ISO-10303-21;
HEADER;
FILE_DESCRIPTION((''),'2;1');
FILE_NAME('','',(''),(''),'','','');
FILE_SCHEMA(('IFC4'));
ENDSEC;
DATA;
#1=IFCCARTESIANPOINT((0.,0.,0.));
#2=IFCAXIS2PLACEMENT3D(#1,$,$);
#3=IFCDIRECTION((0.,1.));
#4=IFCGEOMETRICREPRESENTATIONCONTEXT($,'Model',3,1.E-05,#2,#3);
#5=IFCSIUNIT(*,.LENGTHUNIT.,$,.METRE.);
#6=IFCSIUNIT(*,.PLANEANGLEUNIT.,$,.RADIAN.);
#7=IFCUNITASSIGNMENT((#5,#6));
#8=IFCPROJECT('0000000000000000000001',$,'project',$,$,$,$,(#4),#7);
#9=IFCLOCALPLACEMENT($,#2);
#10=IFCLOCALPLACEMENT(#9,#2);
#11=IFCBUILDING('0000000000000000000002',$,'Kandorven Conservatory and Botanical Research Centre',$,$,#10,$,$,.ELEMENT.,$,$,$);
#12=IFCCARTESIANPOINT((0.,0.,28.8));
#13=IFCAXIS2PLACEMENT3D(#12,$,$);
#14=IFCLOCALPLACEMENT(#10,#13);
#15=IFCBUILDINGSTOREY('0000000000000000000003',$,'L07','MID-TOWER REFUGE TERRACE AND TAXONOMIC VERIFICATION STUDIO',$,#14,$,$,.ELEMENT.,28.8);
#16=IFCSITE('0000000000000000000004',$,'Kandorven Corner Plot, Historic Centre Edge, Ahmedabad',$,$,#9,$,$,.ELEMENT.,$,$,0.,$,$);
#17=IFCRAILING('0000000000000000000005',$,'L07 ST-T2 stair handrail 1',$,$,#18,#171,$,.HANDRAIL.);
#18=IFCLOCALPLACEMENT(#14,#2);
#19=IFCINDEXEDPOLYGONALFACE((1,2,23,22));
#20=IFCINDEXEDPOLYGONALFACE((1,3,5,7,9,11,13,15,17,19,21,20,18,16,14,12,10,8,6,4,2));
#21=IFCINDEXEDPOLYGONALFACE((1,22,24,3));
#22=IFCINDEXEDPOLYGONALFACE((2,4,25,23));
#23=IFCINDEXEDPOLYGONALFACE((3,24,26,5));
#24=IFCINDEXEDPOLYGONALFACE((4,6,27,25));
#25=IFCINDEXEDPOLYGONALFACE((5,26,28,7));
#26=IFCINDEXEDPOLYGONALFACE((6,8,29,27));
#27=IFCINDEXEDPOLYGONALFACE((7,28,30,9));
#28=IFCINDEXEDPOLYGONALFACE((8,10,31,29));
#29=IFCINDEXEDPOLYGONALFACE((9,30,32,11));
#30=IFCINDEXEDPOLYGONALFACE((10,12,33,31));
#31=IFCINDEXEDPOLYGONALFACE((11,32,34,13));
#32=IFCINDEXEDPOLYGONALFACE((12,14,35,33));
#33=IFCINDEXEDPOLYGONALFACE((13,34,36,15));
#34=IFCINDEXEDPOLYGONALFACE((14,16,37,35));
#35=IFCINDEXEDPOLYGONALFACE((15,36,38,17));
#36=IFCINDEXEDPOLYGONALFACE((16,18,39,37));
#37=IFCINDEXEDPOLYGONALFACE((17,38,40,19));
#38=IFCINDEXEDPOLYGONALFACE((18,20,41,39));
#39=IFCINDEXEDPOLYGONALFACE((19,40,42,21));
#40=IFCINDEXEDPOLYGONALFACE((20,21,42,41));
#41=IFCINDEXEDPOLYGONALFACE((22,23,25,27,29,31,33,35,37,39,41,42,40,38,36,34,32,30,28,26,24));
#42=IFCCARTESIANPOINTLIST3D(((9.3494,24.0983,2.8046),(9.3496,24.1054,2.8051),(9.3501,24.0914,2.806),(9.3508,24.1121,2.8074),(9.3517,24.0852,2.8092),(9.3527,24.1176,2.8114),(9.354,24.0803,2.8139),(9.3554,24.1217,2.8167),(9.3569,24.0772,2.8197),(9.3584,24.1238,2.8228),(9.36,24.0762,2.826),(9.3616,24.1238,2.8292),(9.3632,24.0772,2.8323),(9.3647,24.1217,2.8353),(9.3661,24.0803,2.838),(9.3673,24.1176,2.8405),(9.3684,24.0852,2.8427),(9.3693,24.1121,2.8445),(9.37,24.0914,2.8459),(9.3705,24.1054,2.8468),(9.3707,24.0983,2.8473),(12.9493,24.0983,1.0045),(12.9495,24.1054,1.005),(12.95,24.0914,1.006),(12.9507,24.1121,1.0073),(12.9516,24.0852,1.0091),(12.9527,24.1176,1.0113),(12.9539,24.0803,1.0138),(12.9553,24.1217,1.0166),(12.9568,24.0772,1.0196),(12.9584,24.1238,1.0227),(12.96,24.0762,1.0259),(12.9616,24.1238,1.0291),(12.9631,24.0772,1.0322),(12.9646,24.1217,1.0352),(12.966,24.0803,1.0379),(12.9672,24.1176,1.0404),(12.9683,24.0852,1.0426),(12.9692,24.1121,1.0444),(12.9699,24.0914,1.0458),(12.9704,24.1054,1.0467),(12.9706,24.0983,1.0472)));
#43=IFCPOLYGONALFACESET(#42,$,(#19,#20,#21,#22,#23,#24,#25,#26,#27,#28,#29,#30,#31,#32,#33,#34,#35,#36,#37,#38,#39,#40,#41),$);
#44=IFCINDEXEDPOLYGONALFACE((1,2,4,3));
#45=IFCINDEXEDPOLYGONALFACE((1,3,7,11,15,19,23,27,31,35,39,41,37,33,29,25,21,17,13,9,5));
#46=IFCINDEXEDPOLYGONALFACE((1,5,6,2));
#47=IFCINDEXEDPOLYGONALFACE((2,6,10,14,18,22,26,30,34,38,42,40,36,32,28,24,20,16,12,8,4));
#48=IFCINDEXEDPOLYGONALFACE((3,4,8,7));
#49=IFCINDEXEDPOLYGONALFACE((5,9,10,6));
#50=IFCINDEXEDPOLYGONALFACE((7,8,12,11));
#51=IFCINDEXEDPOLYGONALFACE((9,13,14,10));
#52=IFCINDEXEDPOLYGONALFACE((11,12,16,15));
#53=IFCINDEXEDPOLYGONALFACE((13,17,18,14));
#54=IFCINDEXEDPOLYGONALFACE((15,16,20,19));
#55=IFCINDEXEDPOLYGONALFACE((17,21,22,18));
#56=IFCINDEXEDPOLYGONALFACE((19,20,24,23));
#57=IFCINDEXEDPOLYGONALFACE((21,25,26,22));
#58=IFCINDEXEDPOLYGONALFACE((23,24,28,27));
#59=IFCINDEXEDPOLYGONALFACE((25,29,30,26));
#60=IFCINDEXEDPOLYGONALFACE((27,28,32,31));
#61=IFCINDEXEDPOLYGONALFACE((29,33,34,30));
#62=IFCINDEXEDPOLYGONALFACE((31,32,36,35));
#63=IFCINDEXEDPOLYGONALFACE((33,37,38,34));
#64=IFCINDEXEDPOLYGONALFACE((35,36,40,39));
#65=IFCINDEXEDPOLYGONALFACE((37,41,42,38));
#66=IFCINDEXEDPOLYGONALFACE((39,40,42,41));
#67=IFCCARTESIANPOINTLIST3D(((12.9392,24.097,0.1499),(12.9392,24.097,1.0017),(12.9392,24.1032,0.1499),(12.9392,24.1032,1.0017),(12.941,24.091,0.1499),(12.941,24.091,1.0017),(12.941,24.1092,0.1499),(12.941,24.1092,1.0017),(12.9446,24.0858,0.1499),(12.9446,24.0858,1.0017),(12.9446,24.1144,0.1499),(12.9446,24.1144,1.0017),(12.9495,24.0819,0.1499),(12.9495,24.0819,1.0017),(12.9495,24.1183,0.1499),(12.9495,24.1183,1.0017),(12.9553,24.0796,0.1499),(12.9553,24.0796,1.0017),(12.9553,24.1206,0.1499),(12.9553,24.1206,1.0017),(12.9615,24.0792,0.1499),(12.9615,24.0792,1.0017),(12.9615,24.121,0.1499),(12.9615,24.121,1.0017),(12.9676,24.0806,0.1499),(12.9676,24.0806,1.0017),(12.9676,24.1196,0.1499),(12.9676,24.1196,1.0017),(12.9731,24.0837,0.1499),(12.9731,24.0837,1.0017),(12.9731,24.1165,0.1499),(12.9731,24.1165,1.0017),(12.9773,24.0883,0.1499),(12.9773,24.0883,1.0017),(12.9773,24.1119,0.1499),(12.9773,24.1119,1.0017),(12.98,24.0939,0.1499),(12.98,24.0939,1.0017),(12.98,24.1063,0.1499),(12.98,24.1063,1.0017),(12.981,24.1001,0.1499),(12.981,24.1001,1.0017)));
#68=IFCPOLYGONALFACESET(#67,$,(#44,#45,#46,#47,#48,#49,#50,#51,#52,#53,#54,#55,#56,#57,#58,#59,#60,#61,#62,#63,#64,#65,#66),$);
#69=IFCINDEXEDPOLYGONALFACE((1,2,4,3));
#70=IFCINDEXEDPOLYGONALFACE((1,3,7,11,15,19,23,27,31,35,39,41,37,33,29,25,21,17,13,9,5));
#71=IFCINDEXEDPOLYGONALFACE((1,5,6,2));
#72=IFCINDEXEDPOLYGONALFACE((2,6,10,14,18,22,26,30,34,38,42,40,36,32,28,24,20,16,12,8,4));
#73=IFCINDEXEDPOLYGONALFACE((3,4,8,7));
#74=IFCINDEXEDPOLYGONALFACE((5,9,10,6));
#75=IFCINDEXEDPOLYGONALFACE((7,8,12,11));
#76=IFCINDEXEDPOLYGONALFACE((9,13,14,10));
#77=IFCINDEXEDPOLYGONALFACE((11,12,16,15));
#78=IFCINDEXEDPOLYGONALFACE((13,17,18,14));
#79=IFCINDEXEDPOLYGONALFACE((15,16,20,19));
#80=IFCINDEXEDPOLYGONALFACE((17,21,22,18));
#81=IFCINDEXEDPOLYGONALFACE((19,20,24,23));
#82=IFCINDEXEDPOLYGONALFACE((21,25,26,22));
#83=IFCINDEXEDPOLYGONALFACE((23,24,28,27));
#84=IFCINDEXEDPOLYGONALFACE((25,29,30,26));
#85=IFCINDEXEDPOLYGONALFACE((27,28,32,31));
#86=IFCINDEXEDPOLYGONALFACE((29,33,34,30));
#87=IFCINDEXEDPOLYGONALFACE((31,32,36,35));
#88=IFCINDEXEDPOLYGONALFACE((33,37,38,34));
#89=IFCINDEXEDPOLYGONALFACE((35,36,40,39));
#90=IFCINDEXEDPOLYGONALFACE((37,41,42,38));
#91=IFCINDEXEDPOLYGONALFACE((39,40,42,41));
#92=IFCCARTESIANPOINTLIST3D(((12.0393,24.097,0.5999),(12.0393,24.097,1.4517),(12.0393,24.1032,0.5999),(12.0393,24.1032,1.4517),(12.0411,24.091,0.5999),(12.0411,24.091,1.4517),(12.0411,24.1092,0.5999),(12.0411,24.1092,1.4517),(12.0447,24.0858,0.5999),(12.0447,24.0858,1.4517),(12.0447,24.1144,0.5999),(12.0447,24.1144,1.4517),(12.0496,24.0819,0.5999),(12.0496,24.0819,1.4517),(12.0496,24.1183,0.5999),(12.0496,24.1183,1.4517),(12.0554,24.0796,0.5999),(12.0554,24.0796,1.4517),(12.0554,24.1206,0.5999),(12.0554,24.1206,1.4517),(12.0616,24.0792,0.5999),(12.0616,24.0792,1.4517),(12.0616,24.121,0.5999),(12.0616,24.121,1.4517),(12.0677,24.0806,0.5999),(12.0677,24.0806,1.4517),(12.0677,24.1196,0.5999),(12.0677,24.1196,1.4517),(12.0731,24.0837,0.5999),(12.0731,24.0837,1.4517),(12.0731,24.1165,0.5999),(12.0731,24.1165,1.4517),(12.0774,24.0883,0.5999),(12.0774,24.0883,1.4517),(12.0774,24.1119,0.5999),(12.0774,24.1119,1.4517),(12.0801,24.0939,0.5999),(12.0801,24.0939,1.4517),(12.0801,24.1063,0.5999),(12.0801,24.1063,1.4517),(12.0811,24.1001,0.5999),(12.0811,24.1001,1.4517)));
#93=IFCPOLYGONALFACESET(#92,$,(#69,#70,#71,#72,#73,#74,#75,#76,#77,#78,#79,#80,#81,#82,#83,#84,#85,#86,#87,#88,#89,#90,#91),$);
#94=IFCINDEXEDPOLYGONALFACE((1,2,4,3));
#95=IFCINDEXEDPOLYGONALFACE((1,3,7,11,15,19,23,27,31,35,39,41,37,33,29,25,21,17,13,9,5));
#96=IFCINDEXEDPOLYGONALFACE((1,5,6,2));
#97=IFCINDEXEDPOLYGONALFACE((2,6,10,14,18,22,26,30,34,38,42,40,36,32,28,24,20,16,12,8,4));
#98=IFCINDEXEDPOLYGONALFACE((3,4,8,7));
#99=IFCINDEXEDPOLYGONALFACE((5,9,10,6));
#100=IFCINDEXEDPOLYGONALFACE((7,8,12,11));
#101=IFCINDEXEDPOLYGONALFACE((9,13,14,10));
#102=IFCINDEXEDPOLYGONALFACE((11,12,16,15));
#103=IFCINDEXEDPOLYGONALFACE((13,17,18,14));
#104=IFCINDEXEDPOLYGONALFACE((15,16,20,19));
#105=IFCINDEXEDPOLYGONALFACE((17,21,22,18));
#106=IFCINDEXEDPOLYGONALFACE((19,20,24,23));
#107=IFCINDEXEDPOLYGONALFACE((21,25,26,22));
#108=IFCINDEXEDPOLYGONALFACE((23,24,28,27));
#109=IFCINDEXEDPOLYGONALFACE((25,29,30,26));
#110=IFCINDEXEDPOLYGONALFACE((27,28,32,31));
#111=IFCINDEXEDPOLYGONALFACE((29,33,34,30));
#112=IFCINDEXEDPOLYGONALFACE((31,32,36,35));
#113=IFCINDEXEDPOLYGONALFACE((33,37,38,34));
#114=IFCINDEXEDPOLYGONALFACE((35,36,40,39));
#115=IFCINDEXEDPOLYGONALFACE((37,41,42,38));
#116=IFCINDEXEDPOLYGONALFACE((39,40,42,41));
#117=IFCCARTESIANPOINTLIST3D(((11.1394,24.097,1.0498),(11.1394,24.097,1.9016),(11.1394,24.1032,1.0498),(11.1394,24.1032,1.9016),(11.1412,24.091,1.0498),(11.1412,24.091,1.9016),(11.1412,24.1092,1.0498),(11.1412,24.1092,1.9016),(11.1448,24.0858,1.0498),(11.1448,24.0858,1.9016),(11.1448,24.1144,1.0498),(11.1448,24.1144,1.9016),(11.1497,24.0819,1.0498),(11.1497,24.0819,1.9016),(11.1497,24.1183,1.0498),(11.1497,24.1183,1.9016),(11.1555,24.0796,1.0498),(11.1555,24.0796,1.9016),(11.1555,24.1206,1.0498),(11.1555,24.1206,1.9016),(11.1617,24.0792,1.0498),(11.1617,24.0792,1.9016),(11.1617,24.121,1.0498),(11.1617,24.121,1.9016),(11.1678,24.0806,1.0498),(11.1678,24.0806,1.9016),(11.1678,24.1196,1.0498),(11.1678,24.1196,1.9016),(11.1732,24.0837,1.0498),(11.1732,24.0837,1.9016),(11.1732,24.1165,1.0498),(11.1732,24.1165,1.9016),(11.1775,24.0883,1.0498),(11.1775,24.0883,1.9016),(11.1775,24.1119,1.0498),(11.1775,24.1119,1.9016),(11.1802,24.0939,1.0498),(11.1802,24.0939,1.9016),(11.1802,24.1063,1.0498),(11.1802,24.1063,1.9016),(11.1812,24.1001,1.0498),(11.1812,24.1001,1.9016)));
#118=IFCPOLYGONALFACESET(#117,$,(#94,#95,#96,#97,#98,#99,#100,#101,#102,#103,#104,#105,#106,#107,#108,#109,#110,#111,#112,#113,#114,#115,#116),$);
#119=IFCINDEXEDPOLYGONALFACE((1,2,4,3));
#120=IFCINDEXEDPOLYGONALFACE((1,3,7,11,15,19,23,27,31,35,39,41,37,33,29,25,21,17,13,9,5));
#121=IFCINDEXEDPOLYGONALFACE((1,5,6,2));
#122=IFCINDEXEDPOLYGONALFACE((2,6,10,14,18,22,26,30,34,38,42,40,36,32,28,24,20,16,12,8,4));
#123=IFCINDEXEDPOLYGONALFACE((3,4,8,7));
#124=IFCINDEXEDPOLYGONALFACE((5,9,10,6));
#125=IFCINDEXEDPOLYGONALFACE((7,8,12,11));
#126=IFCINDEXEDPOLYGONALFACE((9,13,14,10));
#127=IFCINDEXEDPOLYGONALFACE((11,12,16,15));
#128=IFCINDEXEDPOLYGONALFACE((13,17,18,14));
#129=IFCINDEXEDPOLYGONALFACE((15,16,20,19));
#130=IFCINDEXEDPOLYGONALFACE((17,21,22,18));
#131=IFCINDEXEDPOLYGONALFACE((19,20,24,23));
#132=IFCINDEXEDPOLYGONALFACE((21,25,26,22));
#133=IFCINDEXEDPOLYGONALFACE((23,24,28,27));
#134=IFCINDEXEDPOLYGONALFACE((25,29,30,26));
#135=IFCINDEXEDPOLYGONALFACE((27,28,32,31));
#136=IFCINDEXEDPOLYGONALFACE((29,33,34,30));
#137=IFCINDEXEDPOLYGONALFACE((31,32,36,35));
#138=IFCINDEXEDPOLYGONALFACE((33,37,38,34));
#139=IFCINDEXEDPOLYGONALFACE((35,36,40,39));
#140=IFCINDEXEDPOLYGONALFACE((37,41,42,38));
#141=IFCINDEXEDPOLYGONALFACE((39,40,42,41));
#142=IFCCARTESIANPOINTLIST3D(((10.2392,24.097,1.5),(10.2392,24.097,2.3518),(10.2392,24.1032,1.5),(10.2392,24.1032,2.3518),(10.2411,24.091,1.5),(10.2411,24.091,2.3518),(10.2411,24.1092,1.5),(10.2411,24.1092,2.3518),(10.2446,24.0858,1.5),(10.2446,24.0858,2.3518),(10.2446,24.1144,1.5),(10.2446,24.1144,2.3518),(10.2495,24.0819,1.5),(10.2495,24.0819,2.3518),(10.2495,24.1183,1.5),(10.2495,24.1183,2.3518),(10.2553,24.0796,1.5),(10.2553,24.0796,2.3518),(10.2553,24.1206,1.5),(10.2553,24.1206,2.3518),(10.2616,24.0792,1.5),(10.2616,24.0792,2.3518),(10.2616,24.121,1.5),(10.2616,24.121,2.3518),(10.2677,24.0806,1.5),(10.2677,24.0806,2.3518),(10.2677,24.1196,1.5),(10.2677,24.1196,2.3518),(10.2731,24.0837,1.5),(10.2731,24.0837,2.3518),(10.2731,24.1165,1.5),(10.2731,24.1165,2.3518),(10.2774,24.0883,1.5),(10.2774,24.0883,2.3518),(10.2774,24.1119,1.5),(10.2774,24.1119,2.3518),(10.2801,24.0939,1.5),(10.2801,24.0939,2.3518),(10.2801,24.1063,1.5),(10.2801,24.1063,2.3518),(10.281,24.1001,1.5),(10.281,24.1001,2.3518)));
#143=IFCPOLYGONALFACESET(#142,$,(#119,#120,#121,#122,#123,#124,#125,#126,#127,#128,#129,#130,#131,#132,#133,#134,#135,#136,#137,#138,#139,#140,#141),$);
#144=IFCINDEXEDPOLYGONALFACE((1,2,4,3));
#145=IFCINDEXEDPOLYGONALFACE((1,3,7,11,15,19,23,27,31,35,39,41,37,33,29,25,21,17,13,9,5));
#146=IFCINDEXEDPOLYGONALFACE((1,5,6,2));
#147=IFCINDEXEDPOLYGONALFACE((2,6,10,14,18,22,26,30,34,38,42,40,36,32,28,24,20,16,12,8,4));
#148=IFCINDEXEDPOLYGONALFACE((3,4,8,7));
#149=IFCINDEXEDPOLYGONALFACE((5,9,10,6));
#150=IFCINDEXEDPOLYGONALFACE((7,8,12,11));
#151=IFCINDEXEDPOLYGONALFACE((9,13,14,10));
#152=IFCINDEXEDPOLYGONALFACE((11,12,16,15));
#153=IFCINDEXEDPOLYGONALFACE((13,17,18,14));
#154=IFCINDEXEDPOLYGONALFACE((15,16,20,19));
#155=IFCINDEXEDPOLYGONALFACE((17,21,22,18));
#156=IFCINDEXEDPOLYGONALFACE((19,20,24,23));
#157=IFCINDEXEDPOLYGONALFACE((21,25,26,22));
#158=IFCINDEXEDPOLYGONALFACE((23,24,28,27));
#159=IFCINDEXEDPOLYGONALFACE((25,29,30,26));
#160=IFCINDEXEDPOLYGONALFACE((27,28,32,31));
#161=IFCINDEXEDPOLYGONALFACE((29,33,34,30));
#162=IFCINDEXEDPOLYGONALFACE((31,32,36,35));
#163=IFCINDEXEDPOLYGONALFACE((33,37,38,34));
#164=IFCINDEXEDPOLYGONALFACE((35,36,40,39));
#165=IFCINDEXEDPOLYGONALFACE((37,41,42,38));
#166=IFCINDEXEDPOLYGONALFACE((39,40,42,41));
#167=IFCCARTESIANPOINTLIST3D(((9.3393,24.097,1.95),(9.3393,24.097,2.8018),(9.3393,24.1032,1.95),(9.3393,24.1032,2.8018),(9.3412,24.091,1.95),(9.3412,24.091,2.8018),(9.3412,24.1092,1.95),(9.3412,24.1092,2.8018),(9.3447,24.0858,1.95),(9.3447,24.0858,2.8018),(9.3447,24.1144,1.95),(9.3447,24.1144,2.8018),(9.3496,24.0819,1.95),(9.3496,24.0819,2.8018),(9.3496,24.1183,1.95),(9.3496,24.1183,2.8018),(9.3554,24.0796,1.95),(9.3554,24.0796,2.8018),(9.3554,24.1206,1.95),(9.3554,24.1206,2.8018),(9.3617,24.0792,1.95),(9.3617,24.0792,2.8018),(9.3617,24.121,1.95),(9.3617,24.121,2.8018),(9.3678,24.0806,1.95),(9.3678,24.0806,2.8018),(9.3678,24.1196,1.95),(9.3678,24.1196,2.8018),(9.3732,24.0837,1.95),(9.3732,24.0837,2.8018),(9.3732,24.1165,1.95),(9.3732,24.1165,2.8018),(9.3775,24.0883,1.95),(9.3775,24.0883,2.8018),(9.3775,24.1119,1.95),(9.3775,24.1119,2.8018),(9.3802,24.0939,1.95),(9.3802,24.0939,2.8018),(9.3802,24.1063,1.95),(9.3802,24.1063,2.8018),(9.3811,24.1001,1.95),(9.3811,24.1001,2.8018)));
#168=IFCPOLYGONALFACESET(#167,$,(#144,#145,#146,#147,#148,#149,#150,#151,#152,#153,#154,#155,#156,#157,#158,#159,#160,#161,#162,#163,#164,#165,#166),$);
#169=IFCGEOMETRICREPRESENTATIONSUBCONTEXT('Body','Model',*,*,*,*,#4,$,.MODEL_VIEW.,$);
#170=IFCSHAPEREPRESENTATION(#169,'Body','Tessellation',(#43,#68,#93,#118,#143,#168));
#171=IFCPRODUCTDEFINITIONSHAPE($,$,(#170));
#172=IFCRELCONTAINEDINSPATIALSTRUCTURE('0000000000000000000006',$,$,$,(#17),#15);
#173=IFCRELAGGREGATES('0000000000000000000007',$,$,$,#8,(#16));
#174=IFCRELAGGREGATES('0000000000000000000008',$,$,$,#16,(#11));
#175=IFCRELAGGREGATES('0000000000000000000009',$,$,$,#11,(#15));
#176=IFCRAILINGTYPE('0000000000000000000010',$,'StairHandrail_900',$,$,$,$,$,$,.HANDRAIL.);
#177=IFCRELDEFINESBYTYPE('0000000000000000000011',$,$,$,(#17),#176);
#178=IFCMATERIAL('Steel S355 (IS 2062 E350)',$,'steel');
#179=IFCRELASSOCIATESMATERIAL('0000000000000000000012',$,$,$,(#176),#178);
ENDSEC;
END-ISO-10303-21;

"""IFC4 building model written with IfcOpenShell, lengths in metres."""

from ifc_helpers import new_model, si_unit, direction, frame, origin, origin_2d, place, context, subcontext, project, spatial, circle, extrude, material, type_object, element, save


model = new_model("IFC4")

# Units and contexts
model_context = context("Model", 3, precision=1e-05, world=origin(), true_north=direction((0.0, 1.0)))
body_context = subcontext(model_context, "Body", "Model", "MODEL_VIEW")
ifc_project = project(units=[si_unit("LENGTHUNIT", "METRE"), si_unit("PLANEANGLEUNIT", "RADIAN")], contexts=[model_context])

# Site, building, storey
site_placement = place(None, origin())
site = spatial("IfcSite", under=ifc_project, at=site_placement, Name="Kandorven Corner Plot, Historic Centre Edge, Ahmedabad", CompositionType="ELEMENT", RefElevation=0.0)
building_placement = place(site_placement, origin())
building = spatial("IfcBuilding", under=site, at=building_placement, Name="Kandorven Conservatory and Botanical Research Centre", CompositionType="ELEMENT")
storey_placement = place(building_placement, frame((0.0, 0.0, 28.8)))
storey = spatial("IfcBuildingStorey", under=building, at=storey_placement, Name="L07", Description="MID-TOWER REFUGE TERRACE AND TAXONOMIC VERIFICATION STUDIO", CompositionType="ELEMENT", Elevation=28.8)

# Railing
ifc_material_1 = material(Name="Steel S355 (IS 2062 E350)", Category="steel")
railing_type = type_object("IfcRailingType", Name="StairHandrail_900", PredefinedType="HANDRAIL", material=ifc_material_1)
railing_placement = place(storey_placement, frame((12.96, 24.1001, 0.1499)))
element("IfcRailing", 1, at=railing_placement, inside=storey, type_object=railing_type, Name="L07 ST-T2 stair handrail 1", PredefinedType="HANDRAIL", context=body_context, shape_type="SweptSolid", body=[
    extrude(circle(Radius=0.0239, at=origin_2d()), frame((0.0, 0.0, 0.876), z_axis=(-0.894415, 0.0, 0.447238), x_axis=(0.0, -1.0, 0.0)), (0.0, 0.0, 1.0), 4.0249),
    extrude(circle(Radius=0.021, at=origin_2d()), origin(), (0.0, 0.0, 1.0), 0.8518),
    extrude(circle(Radius=0.021, at=origin_2d()), frame((-0.8999, 0.0, 0.45)), (0.0, 0.0, 1.0), 0.8518),
    extrude(circle(Radius=0.021, at=origin_2d()), frame((-1.7998, 0.0, 0.8999)), (0.0, 0.0, 1.0), 0.8518),
    extrude(circle(Radius=0.021, at=origin_2d()), frame((-2.7, 0.0, 1.3501)), (0.0, 0.0, 1.0), 0.8518),
    extrude(circle(Radius=0.021, at=origin_2d()), frame((-3.5999, 0.0, 1.8)), (0.0, 0.0, 1.0), 0.8518),
])

save(model, "model.ifc")
